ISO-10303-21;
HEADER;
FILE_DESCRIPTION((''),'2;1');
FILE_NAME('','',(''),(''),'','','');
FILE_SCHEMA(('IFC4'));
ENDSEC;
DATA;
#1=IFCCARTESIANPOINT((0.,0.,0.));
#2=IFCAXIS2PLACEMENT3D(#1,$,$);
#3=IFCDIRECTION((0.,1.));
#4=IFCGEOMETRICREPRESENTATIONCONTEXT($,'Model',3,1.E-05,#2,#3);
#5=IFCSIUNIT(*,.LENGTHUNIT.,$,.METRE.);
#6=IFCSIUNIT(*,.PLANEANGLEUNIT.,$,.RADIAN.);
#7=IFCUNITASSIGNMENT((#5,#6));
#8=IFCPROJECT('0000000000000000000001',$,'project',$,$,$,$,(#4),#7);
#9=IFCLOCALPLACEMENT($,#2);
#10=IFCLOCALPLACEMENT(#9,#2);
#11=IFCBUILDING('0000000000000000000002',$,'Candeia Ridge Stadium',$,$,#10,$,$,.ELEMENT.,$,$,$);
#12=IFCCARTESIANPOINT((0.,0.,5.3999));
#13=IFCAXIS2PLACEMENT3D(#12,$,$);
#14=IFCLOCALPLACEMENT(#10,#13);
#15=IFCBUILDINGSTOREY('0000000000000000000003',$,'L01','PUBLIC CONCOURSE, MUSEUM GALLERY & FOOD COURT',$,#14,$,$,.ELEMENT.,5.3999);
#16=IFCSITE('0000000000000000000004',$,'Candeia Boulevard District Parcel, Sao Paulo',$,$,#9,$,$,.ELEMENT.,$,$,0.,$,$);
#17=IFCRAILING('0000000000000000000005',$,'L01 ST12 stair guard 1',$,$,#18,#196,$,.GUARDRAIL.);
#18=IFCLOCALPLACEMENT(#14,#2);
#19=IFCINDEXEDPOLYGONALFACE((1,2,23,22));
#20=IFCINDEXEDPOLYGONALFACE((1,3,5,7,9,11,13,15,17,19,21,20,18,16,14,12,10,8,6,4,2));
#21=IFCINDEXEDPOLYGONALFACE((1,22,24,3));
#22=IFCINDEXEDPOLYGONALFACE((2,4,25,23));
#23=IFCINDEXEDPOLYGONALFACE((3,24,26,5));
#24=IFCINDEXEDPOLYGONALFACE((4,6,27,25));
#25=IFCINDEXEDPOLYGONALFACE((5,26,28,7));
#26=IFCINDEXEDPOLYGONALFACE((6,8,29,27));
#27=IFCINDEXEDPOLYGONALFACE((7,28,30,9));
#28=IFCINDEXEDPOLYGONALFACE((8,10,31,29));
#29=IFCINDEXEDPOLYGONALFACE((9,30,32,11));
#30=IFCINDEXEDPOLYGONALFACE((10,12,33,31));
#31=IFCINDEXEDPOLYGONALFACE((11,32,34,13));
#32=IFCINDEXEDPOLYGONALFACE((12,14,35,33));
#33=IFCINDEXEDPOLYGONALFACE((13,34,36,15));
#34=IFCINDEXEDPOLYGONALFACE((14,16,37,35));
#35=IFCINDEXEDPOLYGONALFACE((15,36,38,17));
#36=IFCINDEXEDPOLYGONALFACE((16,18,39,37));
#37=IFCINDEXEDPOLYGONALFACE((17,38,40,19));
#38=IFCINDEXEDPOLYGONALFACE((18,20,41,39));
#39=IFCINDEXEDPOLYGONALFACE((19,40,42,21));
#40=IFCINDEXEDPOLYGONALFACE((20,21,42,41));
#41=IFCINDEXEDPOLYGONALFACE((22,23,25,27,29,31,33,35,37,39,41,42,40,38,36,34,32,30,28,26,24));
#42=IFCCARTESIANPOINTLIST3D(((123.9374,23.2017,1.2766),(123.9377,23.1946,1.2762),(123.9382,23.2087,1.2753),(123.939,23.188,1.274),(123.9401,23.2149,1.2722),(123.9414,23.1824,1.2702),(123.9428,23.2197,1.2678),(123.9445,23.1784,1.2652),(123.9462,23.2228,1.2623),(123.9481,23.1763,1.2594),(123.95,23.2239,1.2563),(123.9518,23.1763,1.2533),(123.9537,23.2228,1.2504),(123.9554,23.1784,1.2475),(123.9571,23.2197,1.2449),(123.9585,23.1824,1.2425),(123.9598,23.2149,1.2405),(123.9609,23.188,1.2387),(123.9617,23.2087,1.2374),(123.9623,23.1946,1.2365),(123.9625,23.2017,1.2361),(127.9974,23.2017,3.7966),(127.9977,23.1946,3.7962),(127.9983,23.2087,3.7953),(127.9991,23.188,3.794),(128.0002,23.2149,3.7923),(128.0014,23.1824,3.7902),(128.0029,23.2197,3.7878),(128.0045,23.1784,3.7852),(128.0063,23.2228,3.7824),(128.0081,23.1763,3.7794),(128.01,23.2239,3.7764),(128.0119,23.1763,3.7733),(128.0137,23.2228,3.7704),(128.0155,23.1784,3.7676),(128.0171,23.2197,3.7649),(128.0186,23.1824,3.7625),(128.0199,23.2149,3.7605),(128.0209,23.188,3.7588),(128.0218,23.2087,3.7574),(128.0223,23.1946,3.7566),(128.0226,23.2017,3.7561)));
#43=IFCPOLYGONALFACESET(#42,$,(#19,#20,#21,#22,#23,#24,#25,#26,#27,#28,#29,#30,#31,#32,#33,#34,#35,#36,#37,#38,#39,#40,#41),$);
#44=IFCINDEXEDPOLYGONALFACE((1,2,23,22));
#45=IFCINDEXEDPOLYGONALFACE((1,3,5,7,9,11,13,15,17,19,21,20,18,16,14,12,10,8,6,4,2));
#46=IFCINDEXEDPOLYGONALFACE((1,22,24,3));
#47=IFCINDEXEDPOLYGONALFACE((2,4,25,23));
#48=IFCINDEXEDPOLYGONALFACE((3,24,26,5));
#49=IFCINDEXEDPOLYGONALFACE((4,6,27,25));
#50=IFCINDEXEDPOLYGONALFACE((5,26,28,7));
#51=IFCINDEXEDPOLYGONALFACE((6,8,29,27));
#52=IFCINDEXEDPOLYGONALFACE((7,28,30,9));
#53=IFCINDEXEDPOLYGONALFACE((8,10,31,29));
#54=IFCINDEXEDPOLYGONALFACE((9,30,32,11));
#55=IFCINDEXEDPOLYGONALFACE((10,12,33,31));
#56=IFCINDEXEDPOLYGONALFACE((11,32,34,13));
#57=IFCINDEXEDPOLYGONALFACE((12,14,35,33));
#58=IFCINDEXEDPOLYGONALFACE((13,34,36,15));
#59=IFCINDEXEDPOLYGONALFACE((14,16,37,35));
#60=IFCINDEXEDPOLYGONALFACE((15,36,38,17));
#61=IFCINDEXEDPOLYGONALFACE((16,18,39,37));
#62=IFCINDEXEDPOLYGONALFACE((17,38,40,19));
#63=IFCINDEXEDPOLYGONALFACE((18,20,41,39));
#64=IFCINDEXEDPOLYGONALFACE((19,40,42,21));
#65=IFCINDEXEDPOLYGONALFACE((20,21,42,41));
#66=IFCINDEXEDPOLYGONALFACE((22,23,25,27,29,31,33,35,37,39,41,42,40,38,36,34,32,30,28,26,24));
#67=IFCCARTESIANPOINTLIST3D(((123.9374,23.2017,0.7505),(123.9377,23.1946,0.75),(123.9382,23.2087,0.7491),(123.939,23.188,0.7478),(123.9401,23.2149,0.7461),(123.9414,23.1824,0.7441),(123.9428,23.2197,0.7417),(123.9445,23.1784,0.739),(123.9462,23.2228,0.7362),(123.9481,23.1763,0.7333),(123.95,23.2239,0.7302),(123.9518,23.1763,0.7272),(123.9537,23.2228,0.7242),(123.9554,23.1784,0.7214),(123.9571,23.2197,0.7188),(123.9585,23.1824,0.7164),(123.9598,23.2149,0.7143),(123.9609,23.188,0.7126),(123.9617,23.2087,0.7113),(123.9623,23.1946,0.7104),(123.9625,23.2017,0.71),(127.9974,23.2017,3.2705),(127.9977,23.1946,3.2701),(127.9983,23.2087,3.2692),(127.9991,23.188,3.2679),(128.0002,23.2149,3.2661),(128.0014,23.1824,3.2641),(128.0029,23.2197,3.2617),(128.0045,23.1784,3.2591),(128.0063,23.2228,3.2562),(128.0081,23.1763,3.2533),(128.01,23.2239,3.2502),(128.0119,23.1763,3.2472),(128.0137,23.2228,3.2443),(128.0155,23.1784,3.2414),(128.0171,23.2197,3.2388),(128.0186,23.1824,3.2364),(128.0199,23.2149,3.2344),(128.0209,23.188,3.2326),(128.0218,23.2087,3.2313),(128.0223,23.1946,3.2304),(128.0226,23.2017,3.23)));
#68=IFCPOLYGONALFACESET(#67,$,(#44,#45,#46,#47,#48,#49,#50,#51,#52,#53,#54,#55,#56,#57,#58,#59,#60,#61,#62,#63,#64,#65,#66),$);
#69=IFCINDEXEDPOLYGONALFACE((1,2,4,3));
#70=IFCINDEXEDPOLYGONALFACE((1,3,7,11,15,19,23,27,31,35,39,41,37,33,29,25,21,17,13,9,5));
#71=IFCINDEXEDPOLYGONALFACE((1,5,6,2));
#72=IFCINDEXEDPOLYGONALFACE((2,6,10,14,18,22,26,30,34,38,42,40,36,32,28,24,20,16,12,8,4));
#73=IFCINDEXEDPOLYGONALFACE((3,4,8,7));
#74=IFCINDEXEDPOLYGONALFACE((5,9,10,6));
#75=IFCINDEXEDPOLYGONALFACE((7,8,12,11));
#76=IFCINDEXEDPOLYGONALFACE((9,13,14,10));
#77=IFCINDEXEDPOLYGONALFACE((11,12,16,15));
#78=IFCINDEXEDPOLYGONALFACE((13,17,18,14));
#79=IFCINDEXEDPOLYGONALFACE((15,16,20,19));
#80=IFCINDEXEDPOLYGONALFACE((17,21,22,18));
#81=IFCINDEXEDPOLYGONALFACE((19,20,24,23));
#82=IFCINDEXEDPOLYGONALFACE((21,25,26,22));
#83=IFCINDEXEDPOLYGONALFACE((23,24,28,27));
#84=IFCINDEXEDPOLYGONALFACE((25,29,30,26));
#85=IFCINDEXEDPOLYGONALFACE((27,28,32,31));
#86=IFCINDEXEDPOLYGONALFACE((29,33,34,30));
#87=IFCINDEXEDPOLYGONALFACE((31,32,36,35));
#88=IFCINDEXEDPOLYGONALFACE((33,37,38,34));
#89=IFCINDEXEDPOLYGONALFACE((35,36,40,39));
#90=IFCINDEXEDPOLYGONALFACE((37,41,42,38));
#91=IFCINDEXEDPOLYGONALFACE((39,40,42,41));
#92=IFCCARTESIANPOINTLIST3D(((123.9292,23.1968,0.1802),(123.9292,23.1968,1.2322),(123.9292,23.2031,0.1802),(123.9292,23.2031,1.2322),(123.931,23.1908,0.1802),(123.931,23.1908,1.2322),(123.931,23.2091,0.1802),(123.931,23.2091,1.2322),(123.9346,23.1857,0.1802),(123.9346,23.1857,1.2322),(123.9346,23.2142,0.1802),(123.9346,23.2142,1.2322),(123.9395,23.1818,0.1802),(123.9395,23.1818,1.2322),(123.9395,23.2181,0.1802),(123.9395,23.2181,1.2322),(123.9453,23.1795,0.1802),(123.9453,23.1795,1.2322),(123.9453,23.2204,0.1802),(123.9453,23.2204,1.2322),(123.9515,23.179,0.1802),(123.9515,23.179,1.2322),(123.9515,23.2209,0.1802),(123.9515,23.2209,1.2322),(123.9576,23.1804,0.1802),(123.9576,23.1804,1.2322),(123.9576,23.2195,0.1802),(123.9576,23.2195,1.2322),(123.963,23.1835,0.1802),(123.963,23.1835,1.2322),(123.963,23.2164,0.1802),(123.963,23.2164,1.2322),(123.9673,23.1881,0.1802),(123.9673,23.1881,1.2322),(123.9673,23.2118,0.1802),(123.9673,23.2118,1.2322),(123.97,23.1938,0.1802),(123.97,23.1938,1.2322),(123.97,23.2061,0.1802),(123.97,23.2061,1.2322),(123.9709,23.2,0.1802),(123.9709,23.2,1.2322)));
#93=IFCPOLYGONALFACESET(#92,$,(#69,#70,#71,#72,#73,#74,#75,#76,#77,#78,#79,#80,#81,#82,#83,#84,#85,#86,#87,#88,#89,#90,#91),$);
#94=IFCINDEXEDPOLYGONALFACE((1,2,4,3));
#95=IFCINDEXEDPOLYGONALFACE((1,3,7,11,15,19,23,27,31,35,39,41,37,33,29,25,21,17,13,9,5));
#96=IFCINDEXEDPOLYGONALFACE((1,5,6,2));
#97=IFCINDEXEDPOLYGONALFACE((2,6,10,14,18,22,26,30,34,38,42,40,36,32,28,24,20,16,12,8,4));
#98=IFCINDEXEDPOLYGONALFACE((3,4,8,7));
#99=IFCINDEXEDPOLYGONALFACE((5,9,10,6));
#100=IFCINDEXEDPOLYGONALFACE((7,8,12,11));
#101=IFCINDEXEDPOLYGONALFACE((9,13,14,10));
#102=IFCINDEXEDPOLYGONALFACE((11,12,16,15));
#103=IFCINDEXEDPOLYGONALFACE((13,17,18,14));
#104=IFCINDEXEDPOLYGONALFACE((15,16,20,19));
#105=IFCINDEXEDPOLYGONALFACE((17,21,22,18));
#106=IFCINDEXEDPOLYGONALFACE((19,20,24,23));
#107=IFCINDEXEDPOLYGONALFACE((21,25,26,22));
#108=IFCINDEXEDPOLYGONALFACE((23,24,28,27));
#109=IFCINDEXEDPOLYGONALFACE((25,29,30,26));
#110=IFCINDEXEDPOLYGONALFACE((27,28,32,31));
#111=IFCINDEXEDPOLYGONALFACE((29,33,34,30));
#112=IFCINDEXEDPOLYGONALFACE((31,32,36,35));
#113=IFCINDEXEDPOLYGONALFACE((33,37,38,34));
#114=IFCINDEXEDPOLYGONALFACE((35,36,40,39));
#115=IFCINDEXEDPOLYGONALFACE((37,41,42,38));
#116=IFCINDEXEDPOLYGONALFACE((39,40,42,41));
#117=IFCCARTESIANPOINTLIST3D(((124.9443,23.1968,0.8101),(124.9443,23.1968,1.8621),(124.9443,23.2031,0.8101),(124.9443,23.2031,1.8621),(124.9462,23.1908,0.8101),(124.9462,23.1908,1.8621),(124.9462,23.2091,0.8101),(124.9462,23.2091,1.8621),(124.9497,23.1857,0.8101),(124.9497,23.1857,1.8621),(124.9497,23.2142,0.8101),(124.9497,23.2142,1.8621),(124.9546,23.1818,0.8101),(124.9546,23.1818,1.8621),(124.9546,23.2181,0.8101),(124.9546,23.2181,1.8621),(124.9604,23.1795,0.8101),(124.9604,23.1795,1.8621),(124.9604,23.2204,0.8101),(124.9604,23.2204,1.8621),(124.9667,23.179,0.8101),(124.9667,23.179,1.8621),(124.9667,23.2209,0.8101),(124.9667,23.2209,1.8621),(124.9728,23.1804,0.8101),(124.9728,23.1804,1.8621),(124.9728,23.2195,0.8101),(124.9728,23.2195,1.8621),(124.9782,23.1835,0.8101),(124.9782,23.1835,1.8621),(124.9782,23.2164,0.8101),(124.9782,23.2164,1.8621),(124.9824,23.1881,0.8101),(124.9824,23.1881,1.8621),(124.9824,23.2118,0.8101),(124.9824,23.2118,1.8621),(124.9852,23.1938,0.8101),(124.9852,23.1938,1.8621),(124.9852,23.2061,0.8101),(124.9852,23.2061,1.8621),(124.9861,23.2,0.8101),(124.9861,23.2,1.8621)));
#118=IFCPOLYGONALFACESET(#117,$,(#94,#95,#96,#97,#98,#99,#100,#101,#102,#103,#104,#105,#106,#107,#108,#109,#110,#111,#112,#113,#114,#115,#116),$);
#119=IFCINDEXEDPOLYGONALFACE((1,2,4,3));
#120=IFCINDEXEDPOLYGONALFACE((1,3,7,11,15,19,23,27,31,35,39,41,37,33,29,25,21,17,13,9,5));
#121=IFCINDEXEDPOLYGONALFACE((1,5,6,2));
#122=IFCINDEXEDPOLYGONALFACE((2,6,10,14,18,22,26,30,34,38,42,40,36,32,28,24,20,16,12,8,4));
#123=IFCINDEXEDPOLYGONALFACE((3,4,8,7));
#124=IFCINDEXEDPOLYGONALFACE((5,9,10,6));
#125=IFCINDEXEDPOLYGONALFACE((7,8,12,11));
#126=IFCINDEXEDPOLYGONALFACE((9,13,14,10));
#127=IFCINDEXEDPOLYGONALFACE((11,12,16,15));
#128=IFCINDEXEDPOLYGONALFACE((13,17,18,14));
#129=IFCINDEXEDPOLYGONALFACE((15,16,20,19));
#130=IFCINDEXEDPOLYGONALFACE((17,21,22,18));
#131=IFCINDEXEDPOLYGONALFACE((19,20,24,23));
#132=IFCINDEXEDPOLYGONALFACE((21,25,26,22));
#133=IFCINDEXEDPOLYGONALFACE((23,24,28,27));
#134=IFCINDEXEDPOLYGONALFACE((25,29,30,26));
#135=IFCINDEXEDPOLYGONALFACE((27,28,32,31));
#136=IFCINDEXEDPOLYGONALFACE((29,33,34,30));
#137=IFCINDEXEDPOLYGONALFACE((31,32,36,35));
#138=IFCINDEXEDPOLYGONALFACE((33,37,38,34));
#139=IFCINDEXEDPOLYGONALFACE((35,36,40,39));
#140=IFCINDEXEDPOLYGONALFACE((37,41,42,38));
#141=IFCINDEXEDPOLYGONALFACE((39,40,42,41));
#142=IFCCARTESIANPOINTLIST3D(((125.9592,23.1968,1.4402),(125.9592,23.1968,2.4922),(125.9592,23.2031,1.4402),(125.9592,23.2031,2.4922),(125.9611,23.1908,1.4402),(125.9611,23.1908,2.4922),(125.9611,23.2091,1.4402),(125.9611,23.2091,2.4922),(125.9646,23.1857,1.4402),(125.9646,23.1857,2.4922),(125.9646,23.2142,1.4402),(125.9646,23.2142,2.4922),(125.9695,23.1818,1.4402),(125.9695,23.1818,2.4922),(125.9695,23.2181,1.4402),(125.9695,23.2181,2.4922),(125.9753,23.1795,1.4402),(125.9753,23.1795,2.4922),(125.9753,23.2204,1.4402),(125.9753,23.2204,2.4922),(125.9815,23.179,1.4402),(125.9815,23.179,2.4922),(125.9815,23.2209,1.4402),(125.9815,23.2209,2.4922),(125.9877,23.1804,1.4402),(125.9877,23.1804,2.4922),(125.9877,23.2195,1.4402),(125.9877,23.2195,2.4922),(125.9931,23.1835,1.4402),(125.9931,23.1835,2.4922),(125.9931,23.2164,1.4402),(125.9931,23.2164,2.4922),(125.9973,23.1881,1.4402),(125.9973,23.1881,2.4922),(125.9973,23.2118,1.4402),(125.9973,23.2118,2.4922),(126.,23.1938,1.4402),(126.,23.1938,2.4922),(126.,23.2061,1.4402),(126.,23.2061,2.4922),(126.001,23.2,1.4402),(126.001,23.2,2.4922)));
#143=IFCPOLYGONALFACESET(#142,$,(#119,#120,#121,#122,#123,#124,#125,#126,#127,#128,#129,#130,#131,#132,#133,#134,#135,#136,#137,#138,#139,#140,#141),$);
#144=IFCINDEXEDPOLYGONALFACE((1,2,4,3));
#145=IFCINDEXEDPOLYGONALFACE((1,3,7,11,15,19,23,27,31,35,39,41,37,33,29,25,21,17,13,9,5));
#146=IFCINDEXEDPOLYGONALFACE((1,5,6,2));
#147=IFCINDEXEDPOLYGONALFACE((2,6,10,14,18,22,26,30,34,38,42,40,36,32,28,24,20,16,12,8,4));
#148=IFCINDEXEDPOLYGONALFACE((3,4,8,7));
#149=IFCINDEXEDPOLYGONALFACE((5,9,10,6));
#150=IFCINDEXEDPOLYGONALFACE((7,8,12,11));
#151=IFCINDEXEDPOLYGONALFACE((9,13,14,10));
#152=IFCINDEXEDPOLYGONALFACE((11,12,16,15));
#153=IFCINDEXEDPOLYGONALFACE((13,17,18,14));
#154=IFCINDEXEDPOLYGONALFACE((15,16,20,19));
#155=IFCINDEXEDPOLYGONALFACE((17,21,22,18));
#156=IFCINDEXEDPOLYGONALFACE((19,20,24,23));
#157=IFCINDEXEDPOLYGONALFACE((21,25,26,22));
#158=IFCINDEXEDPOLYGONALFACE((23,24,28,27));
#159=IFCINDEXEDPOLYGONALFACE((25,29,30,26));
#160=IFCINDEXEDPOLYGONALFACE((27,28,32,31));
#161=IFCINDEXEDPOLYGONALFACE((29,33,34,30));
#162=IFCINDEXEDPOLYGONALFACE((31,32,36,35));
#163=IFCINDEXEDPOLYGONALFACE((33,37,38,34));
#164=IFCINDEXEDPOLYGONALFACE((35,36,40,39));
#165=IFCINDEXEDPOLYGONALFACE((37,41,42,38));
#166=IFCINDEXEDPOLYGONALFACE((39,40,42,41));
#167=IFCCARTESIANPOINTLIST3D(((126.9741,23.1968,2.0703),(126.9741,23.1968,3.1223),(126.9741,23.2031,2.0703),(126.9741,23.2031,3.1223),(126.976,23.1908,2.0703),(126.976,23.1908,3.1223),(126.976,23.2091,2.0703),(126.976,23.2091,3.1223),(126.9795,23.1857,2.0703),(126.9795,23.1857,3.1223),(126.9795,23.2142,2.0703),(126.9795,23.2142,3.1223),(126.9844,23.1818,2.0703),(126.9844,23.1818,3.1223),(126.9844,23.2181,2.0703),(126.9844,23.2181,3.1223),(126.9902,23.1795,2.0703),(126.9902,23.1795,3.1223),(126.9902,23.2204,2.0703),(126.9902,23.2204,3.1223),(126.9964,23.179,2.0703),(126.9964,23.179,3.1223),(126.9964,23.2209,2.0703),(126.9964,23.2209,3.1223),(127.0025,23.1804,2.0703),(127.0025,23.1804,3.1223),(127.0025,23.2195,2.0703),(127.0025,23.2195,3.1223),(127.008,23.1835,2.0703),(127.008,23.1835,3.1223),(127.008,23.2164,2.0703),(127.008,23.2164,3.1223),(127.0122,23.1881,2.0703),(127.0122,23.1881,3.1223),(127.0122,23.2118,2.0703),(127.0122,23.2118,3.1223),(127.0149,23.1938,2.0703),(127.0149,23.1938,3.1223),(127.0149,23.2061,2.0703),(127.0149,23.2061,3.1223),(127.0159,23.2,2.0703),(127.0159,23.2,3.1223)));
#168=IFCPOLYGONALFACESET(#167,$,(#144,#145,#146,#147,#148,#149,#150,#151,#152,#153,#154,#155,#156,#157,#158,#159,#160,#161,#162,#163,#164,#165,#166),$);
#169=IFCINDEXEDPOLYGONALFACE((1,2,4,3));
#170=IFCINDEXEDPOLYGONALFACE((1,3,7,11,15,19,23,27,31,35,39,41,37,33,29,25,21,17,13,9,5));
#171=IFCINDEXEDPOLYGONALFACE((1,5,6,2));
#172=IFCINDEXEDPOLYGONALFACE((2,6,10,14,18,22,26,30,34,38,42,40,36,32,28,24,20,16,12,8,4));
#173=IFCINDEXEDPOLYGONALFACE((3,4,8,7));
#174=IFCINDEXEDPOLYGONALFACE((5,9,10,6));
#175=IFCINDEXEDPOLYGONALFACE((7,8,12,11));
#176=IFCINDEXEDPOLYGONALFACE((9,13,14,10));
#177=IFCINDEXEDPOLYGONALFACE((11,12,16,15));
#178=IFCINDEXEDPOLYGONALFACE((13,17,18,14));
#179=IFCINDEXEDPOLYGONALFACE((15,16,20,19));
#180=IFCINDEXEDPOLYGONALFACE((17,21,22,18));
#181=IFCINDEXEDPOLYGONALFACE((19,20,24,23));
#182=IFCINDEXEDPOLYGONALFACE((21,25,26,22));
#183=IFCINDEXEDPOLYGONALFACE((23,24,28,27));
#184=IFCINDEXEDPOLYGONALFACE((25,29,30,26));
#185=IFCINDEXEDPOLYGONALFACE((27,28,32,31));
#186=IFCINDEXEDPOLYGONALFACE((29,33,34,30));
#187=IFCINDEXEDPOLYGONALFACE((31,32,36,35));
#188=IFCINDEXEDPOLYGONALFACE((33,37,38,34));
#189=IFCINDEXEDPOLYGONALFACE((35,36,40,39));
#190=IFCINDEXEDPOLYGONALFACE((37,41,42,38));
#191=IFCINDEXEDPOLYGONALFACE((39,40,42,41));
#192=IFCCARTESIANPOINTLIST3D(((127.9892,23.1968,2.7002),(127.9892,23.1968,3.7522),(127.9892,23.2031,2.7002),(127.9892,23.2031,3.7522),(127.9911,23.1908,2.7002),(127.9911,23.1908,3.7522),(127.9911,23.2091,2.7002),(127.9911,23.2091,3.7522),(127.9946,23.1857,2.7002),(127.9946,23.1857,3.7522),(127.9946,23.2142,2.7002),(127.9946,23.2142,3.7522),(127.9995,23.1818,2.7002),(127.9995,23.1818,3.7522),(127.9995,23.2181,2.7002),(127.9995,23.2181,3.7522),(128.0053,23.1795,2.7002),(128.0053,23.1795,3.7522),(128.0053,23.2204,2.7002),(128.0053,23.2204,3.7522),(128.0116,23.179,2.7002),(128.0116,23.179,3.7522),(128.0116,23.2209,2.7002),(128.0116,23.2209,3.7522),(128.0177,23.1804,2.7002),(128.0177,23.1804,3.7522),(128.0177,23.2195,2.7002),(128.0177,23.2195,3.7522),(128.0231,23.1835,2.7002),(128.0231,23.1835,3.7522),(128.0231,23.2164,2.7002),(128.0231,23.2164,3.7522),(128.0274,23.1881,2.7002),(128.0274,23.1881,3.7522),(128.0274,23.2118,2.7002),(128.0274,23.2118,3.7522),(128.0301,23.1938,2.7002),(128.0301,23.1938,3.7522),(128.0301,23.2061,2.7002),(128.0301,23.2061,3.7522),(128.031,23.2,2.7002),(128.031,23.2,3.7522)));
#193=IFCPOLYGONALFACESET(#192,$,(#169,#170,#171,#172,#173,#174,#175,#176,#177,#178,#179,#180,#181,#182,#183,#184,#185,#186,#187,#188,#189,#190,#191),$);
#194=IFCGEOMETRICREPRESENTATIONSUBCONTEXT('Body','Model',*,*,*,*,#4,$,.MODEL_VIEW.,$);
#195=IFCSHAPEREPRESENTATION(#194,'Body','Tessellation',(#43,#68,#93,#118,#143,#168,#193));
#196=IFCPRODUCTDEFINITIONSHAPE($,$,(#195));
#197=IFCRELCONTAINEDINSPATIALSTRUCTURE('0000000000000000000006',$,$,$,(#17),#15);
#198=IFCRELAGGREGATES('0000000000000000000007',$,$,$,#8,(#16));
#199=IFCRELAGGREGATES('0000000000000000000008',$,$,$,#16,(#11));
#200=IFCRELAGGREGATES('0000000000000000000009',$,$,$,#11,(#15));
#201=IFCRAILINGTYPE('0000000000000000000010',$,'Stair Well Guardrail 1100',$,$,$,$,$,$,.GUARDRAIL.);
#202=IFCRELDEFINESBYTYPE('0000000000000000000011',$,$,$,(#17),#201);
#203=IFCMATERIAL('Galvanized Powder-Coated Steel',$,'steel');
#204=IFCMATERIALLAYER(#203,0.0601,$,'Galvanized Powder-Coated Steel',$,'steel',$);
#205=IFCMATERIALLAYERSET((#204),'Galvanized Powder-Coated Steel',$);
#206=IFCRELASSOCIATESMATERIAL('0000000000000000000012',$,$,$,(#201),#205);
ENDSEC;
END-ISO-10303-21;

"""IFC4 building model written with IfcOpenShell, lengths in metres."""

from ifc_helpers import new_model, si_unit, direction, frame, origin, origin_2d, place, context, subcontext, project, spatial, circle, extrude, material, layer, layer_set, type_object, element, save


model = new_model("IFC4")

# Units and contexts
model_context = context("Model", 3, precision=1e-05, world=origin(), true_north=direction((0.0, 1.0)))
body_context = subcontext(model_context, "Body", "Model", "MODEL_VIEW")
ifc_project = project(units=[si_unit("LENGTHUNIT", "METRE"), si_unit("PLANEANGLEUNIT", "RADIAN")], contexts=[model_context])

# Site, building, storey
site_placement = place(None, origin())
site = spatial("IfcSite", under=ifc_project, at=site_placement, Name="Candeia Boulevard District Parcel, Sao Paulo", CompositionType="ELEMENT", RefElevation=0.0)
building_placement = place(site_placement, origin())
building = spatial("IfcBuilding", under=site, at=building_placement, Name="Candeia Ridge Stadium", CompositionType="ELEMENT")
storey_placement = place(building_placement, frame((0.0, 0.0, 5.3999)))
storey = spatial("IfcBuildingStorey", under=building, at=storey_placement, Name="L01", Description="PUBLIC CONCOURSE, MUSEUM GALLERY & FOOD COURT", CompositionType="ELEMENT", Elevation=5.3999)

# Railing
ifc_material_1 = material(Name="Galvanized Powder-Coated Steel", Category="steel")
ifc_layer_1 = layer(ifc_material_1, 0.0601, Name="Galvanized Powder-Coated Steel", Category="steel")
ifc_layer_set_1 = layer_set([ifc_layer_1], Name="Galvanized Powder-Coated Steel")
railing_type_1 = type_object("IfcRailingType", Name="Stair Well Guardrail 1100", PredefinedType="GUARDRAIL", material=ifc_layer_set_1)
railing_1_placement = place(storey_placement, frame((123.95, 23.2, 0.1802)))
element("IfcRailing", 1, at=railing_1_placement, inside=storey, type_object=railing_type_1, Name="L01 ST12 stair guard 1", PredefinedType="GUARDRAIL", context=body_context, shape_type="SweptSolid", body=[
    extrude(circle(Radius=0.0239, at=origin_2d()), frame((0.0, 0.0, 1.0762), z_axis=(0.849642, 0.0, 0.52736), x_axis=(0.0, 1.0, 0.0)), (0.0, 0.0, 1.0), 4.7786),
    extrude(circle(Radius=0.0239, at=origin_2d()), frame((0.0, 0.0, 0.55), z_axis=(0.849642, 0.0, 0.52736), x_axis=(0.0, 1.0, 0.0)), (0.0, 0.0, 1.0), 4.7786),
    extrude(circle(Radius=0.021, at=origin_2d()), origin(), (0.0, 0.0, 1.0), 1.052),
    extrude(circle(Radius=0.021, at=origin_2d()), frame((1.0151, 0.0, 0.6299)), (0.0, 0.0, 1.0), 1.052),
    extrude(circle(Radius=0.021, at=origin_2d()), frame((2.03, 0.0, 1.26)), (0.0, 0.0, 1.0), 1.052),
    extrude(circle(Radius=0.021, at=origin_2d()), frame((3.0449, 0.0, 1.8901)), (0.0, 0.0, 1.0), 1.052),
    extrude(circle(Radius=0.021, at=origin_2d()), frame((4.0601, 0.0, 2.52)), (0.0, 0.0, 1.0), 1.052),
])

save(model, "model.ifc")
